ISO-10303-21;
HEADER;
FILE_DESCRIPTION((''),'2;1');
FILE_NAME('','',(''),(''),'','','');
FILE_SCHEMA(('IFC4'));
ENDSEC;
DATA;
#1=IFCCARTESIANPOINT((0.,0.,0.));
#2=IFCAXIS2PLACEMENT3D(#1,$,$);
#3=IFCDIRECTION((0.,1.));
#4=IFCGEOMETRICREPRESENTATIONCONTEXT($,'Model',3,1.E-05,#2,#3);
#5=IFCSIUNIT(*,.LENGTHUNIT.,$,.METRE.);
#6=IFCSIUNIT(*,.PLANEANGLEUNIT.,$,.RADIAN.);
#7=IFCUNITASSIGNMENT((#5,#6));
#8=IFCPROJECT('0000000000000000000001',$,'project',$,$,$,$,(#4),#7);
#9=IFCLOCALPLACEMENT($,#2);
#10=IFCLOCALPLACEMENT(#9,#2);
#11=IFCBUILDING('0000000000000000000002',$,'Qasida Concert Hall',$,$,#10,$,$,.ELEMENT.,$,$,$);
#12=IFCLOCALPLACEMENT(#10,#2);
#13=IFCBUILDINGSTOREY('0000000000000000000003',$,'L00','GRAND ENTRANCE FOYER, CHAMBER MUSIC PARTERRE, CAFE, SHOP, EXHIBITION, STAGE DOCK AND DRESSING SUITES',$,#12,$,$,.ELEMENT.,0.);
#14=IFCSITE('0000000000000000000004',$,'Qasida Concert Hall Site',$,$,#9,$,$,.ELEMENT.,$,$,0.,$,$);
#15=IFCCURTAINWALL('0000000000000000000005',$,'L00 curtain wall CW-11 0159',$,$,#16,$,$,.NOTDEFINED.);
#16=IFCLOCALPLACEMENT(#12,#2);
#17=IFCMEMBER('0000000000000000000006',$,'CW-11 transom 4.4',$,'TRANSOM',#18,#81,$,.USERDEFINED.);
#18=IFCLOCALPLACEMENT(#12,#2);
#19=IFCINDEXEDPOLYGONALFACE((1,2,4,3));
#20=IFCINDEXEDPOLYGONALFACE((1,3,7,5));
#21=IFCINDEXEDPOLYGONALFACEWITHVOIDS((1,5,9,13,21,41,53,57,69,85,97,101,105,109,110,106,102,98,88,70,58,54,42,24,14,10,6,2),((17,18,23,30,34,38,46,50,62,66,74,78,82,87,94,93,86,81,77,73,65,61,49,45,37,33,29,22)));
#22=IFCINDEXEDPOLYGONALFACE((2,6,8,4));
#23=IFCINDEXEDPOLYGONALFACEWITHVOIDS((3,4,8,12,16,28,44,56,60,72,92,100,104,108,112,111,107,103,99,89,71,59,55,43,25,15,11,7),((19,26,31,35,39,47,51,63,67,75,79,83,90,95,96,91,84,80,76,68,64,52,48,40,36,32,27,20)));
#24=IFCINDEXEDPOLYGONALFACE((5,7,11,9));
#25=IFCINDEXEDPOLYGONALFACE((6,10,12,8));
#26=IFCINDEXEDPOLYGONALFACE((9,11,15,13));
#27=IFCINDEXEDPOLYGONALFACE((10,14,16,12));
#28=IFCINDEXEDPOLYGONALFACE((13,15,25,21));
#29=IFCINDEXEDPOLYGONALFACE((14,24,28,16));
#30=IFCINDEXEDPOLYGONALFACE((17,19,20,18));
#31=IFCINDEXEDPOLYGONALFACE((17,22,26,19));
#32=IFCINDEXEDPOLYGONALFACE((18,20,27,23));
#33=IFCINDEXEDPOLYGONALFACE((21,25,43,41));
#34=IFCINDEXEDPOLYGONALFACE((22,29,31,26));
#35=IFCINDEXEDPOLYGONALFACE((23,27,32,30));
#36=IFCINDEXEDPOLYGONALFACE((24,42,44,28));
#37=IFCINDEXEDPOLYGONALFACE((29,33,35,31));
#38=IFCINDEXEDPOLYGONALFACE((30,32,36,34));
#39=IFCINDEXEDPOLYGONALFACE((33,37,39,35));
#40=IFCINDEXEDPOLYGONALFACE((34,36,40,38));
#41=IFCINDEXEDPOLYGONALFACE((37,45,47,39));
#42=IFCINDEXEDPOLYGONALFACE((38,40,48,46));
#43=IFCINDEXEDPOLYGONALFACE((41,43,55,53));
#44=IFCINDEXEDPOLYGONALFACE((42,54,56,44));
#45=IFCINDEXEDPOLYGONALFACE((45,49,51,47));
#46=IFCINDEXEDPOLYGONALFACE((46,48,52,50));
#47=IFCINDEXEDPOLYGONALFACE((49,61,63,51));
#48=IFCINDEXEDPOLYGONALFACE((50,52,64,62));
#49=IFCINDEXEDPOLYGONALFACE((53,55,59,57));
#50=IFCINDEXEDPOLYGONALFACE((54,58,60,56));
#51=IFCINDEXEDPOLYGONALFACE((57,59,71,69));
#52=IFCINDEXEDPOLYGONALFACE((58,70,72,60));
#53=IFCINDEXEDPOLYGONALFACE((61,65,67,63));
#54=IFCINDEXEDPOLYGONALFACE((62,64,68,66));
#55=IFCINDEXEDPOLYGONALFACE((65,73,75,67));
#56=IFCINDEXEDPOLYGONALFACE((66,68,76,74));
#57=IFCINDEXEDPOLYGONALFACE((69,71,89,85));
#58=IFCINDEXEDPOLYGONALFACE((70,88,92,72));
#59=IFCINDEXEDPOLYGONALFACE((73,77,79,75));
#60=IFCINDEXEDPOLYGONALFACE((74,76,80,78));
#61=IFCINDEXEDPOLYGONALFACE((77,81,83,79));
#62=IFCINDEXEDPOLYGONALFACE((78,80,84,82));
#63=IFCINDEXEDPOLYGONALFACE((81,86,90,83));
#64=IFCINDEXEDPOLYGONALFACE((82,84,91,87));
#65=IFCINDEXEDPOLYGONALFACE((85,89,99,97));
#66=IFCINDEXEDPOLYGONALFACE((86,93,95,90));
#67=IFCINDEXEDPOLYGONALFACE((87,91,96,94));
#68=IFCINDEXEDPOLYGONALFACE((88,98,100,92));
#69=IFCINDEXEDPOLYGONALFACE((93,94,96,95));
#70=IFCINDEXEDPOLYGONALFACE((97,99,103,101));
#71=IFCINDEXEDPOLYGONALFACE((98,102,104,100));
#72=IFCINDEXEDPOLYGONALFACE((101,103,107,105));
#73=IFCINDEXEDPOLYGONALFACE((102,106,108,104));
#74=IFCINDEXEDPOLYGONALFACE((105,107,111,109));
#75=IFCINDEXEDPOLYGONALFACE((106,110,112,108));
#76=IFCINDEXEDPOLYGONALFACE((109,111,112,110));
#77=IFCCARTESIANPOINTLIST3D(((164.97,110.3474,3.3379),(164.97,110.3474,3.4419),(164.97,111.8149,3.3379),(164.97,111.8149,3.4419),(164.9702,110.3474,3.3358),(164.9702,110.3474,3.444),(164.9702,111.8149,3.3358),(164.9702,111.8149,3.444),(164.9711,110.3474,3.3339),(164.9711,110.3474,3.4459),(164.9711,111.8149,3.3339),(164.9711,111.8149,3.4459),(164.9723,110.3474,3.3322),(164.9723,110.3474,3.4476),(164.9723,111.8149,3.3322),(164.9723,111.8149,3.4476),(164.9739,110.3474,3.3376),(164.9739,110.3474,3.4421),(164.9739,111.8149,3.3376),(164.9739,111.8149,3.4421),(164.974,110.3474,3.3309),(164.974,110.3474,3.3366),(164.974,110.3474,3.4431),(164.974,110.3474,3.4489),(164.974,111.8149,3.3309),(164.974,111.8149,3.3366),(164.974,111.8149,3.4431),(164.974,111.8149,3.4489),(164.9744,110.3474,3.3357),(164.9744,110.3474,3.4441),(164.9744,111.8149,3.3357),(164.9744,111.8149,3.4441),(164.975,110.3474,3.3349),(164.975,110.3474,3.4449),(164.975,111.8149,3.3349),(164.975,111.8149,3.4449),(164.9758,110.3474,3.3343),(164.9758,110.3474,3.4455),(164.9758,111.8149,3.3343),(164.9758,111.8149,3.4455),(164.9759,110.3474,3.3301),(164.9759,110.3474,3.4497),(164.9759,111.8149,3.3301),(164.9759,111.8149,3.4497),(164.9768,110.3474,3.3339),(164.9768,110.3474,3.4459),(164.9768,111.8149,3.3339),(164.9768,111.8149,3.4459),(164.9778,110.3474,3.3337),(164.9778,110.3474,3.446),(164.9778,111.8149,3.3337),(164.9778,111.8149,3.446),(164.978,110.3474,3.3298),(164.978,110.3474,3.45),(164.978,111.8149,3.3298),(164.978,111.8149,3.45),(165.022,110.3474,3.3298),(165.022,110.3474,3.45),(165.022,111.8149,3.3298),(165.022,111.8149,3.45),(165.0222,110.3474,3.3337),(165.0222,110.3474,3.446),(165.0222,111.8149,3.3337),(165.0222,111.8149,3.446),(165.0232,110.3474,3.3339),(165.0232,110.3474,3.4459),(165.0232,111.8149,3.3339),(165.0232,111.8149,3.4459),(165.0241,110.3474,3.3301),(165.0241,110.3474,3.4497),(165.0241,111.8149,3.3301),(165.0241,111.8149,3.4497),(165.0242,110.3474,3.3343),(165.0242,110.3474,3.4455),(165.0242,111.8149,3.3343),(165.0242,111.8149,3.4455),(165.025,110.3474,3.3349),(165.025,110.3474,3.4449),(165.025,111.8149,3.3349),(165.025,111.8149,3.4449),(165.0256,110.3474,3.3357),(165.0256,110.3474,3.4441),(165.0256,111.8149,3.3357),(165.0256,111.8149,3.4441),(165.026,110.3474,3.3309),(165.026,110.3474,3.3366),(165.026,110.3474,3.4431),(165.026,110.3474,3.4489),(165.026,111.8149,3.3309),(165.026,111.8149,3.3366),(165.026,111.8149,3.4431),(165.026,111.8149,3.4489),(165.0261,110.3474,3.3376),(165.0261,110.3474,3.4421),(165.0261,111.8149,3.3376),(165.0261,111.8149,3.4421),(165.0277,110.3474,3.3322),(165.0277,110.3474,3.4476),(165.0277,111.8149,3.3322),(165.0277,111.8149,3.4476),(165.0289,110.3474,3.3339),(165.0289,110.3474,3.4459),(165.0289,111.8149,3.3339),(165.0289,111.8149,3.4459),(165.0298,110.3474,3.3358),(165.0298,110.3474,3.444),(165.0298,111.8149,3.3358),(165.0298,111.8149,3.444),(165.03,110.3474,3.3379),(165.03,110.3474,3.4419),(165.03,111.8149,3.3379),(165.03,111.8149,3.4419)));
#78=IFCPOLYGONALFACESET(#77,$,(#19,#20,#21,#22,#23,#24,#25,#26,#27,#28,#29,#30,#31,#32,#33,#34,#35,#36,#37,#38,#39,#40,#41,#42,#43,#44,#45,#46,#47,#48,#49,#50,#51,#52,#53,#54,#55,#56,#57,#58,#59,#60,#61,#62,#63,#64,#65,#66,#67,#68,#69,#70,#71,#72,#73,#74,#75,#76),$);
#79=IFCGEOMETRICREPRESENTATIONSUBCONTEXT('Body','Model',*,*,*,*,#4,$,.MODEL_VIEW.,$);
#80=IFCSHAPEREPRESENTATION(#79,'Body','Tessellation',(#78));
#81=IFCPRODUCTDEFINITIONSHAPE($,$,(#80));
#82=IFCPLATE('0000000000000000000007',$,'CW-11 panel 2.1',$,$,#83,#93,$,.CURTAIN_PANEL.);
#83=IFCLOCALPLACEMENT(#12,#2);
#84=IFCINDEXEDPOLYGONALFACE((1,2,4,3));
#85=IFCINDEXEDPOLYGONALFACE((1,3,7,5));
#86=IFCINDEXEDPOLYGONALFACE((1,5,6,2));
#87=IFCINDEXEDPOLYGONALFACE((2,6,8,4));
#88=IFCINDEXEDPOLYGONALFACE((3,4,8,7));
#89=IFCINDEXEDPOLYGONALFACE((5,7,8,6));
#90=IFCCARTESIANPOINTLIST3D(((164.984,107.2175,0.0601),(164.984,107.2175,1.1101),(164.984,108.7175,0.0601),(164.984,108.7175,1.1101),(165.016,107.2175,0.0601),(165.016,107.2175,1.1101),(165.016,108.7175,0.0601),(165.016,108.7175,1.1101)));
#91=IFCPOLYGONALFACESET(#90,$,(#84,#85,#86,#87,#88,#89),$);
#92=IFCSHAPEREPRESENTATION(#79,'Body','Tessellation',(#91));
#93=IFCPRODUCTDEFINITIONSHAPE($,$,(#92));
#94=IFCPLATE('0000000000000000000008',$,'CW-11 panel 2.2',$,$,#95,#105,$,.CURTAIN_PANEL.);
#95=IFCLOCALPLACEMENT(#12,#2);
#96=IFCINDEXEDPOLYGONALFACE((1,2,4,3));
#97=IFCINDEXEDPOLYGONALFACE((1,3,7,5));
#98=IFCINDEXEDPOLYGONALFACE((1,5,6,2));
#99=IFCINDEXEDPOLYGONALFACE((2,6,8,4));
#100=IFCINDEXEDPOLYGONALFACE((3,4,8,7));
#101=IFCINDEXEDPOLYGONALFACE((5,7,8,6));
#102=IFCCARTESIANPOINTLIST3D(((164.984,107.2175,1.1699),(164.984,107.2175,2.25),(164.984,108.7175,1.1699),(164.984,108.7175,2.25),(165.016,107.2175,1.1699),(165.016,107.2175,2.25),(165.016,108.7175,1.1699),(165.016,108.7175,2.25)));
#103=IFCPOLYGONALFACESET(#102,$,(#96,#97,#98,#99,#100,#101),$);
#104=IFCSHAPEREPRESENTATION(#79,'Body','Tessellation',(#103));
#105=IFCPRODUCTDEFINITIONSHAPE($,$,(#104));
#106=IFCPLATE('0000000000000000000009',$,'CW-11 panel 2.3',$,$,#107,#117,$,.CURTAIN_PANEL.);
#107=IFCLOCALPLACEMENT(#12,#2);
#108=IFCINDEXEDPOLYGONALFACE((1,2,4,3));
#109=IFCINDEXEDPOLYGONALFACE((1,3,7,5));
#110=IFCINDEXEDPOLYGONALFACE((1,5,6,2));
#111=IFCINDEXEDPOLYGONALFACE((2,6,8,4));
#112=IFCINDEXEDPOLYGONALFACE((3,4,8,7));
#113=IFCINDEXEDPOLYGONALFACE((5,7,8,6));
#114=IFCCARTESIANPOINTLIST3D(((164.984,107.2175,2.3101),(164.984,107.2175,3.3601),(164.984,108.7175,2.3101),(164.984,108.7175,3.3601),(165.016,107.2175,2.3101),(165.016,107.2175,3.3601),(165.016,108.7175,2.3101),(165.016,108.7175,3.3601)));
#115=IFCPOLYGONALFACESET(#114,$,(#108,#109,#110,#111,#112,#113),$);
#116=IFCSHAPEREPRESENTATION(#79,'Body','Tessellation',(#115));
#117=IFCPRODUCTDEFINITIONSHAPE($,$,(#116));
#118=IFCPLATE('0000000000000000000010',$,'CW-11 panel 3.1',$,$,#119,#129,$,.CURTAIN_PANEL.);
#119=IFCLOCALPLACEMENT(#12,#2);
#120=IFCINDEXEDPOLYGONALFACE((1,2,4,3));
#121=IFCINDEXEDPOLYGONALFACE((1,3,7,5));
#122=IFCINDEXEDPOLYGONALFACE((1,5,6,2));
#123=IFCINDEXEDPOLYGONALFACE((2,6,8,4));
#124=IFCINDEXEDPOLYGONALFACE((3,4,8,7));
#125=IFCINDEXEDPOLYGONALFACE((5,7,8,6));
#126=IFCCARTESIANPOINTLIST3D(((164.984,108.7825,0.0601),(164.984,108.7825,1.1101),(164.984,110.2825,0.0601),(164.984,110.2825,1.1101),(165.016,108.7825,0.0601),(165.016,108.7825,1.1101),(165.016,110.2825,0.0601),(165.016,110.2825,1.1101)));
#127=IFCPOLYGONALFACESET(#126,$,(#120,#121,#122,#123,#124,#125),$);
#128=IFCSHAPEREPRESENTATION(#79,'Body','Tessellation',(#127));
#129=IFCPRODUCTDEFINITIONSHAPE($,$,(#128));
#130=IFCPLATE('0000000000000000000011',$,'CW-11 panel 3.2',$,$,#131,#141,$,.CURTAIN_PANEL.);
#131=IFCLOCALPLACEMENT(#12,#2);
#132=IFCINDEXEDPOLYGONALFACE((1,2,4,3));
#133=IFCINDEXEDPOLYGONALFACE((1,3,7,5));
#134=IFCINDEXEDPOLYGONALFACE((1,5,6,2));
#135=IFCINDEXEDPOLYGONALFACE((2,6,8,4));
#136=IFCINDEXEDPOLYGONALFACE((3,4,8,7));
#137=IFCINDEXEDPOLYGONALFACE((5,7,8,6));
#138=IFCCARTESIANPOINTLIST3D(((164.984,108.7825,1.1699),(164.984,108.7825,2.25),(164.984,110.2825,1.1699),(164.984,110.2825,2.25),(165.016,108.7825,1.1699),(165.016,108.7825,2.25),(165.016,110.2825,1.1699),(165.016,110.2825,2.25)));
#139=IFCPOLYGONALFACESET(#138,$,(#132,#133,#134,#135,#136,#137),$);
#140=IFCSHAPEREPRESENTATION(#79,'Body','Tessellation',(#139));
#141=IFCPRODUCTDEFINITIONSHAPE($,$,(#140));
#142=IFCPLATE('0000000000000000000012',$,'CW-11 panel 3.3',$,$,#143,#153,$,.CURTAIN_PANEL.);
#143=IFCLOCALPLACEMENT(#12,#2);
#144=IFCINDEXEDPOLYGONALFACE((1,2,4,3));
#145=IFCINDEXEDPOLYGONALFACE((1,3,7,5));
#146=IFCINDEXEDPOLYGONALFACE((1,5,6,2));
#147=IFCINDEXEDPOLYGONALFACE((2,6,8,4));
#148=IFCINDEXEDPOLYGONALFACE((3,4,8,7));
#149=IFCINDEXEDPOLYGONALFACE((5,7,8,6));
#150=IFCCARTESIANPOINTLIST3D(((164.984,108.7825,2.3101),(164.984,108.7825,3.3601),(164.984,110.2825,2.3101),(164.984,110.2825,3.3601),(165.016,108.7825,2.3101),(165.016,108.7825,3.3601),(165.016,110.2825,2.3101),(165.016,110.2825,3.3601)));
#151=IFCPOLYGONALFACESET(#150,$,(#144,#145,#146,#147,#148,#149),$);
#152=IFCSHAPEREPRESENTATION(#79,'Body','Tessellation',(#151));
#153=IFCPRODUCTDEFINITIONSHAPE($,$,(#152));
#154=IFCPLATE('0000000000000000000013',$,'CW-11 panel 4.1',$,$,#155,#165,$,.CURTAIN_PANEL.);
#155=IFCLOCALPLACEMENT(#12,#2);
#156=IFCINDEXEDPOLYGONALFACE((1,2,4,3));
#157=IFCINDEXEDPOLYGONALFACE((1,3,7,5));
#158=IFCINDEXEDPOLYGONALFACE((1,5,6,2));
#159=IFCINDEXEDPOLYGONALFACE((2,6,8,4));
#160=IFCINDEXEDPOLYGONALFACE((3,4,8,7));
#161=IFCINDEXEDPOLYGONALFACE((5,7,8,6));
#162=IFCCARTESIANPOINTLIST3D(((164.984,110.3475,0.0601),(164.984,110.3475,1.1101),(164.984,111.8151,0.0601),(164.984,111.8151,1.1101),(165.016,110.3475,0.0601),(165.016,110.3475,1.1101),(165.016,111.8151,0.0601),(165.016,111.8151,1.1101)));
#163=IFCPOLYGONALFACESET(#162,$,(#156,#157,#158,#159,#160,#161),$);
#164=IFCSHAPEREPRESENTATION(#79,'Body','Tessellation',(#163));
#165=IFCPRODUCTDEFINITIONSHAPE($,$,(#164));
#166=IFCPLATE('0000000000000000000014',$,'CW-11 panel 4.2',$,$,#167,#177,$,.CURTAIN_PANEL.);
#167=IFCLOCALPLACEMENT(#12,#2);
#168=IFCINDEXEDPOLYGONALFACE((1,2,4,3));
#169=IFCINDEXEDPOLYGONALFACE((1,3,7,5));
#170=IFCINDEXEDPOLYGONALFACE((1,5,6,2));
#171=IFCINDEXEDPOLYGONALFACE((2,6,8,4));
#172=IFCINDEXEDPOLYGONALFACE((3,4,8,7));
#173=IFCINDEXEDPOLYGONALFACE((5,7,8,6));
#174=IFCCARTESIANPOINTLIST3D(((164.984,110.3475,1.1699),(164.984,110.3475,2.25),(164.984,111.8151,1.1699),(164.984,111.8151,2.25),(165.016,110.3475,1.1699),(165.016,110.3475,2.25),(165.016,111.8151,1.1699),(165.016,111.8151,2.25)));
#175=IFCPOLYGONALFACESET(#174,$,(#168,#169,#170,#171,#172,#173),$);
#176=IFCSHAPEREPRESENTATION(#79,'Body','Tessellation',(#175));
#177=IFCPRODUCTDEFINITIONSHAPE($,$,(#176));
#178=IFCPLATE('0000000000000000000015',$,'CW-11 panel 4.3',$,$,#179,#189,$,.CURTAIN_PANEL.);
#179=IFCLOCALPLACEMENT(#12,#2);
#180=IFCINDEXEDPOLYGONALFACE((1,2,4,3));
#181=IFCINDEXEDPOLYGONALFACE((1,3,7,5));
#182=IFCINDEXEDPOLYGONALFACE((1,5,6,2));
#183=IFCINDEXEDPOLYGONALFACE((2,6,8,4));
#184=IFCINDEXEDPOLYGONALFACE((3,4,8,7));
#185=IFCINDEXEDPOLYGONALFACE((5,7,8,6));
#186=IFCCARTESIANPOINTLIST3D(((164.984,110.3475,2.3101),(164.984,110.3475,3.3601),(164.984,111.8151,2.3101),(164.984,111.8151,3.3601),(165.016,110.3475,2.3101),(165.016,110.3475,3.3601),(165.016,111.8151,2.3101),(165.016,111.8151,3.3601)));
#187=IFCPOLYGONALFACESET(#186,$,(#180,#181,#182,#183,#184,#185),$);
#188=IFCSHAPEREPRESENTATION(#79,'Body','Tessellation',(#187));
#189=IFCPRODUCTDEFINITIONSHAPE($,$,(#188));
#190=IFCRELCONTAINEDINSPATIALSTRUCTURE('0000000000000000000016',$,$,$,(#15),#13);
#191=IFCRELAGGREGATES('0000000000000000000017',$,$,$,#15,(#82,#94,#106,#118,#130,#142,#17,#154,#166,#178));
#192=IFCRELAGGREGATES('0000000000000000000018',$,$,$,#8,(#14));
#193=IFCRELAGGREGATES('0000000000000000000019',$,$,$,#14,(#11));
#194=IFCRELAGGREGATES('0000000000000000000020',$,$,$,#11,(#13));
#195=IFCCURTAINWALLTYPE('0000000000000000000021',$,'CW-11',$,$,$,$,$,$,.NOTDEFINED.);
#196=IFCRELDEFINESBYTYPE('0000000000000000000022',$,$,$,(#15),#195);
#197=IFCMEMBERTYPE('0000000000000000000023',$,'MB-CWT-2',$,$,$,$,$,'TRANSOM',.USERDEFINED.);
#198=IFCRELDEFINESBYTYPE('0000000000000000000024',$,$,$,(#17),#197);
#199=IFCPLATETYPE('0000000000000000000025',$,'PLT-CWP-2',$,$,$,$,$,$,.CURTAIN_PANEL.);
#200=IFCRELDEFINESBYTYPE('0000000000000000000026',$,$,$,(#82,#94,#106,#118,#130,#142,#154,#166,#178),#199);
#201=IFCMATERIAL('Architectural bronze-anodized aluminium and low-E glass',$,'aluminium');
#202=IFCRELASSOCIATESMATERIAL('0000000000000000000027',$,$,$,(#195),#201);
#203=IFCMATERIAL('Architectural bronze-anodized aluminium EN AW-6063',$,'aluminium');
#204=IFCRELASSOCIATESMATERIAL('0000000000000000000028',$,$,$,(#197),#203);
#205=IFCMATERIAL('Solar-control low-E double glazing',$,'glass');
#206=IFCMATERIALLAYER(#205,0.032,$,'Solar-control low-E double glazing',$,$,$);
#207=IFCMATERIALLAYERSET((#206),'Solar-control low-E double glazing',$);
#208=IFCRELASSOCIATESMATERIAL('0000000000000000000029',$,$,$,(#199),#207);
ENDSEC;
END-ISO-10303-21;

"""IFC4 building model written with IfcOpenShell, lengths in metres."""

from ifc_helpers import new_model, si_unit, direction, frame, origin, origin_2d, place, context, subcontext, project, spatial, rectangle, hollow_rectangle, extrude, material, layer, layer_set, material_profile, profile_set, type_object, element, aggregate, save


model = new_model("IFC4")

# Units and contexts
model_context = context("Model", 3, precision=1e-05, world=origin(), true_north=direction((0.0, 1.0)))
body_context = subcontext(model_context, "Body", "Model", "MODEL_VIEW")
ifc_project = project(units=[si_unit("LENGTHUNIT", "METRE"), si_unit("PLANEANGLEUNIT", "RADIAN")], contexts=[model_context])

# Site, building, storey
site_placement = place(None, origin())
site = spatial("IfcSite", under=ifc_project, at=site_placement, Name="Qasida Concert Hall Site", CompositionType="ELEMENT", RefElevation=0.0)
building_placement = place(site_placement, origin())
building = spatial("IfcBuilding", under=site, at=building_placement, Name="Qasida Concert Hall", CompositionType="ELEMENT")
storey_placement = place(building_placement, origin())
storey = spatial("IfcBuildingStorey", under=building, at=storey_placement, Name="L00", Description="GRAND ENTRANCE FOYER, CHAMBER MUSIC PARTERRE, CAFE, SHOP, EXHIBITION, STAGE DOCK AND DRESSING SUITES", CompositionType="ELEMENT", Elevation=0.0)

# Curtain wall, member, plates
ifc_material_1 = material(Name="Architectural bronze-anodized aluminium and low-E glass", Category="aluminium")
curtain_wall_type = type_object("IfcCurtainWallType", Name="CW-11", PredefinedType="NOTDEFINED", material=ifc_material_1)
curtain_wall_placement = place(storey_placement, origin())
curtain_wall = element("IfcCurtainWall", 1, at=curtain_wall_placement, inside=storey, type_object=curtain_wall_type, Name="L00 curtain wall CW-11 0159", PredefinedType="NOTDEFINED")
ifc_material_2 = material(Name="Architectural bronze-anodized aluminium EN AW-6063", Category="aluminium")
ifc_material_profile_1 = material_profile(ifc_material_2, hollow_rectangle(XDim=0.0601, YDim=0.1201, WallThickness=0.0039, InnerFilletRadius=0.0039, OuterFilletRadius=0.0081, at=origin_2d()), Name="CWT 120x60x4")
ifc_profile_set_1 = profile_set([ifc_material_profile_1], Name="Architectural bronze-anodized aluminium EN AW-6063")
member_type_1 = type_object("IfcMemberType", Name="MB-CWT-2", ElementType="TRANSOM", PredefinedType="USERDEFINED", material=ifc_profile_set_1)
member_1_placement = place(storey_placement, frame((165.0, 110.3474, 3.3899), z_axis=(0.0, 1.0, 0.0), x_axis=(-1.0, 0.0, 0.0)))
member_1 = element("IfcMember", 2, at=member_1_placement, type_object=member_type_1, Name="CW-11 transom 4.4", ObjectType="TRANSOM", PredefinedType="USERDEFINED", context=body_context, shape_type="SweptSolid", body=[
    extrude(hollow_rectangle(XDim=0.0601, YDim=0.1201, WallThickness=0.0039, InnerFilletRadius=0.0039, OuterFilletRadius=0.0081, at=origin_2d()), origin(), (0.0, 0.0, 1.0), 1.4675),
])
ifc_material_3 = material(Name="Solar-control low-E double glazing", Category="glass")
ifc_layer_1 = layer(ifc_material_3, 0.032, Name="Solar-control low-E double glazing")
ifc_layer_set_1 = layer_set([ifc_layer_1], Name="Solar-control low-E double glazing")
plate_type = type_object("IfcPlateType", Name="PLT-CWP-2", PredefinedType="CURTAIN_PANEL", material=ifc_layer_set_1)
plate_1_placement = place(storey_placement, frame((165.0, 107.9675, 0.0601), z_axis=(0.0, 0.0, 1.0), x_axis=(0.0, 1.0, 0.0)))
plate_1 = element("IfcPlate", 3, at=plate_1_placement, type_object=plate_type, Name="CW-11 panel 2.1", PredefinedType="CURTAIN_PANEL", context=body_context, shape_type="SweptSolid", body=[
    extrude(rectangle(XDim=1.5, YDim=0.032, at=origin_2d()), origin(), (0.0, 0.0, 1.0), 1.05),
])
plate_2_placement = place(storey_placement, frame((165.0, 107.9675, 1.1699), z_axis=(0.0, 0.0, 1.0), x_axis=(0.0, 1.0, 0.0)))
plate_2 = element("IfcPlate", 4, at=plate_2_placement, type_object=plate_type, Name="CW-11 panel 2.2", PredefinedType="CURTAIN_PANEL", context=body_context, shape_type="SweptSolid", body=[
    extrude(rectangle(XDim=1.5, YDim=0.032, at=origin_2d()), origin(), (0.0, 0.0, 1.0), 1.0801),
])
plate_3_placement = place(storey_placement, frame((165.0, 107.9675, 2.3101), z_axis=(0.0, 0.0, 1.0), x_axis=(0.0, 1.0, 0.0)))
plate_3 = element("IfcPlate", 5, at=plate_3_placement, type_object=plate_type, Name="CW-11 panel 2.3", PredefinedType="CURTAIN_PANEL", context=body_context, shape_type="SweptSolid", body=[
    extrude(rectangle(XDim=1.5, YDim=0.032, at=origin_2d()), origin(), (0.0, 0.0, 1.0), 1.05),
])
plate_4_placement = place(storey_placement, frame((165.0, 109.5325, 0.0601), z_axis=(0.0, 0.0, 1.0), x_axis=(0.0, 1.0, 0.0)))
plate_4 = element("IfcPlate", 6, at=plate_4_placement, type_object=plate_type, Name="CW-11 panel 3.1", PredefinedType="CURTAIN_PANEL", context=body_context, shape_type="SweptSolid", body=[
    extrude(rectangle(XDim=1.5, YDim=0.032, at=origin_2d()), origin(), (0.0, 0.0, 1.0), 1.05),
])
plate_5_placement = place(storey_placement, frame((165.0, 109.5325, 1.1699), z_axis=(0.0, 0.0, 1.0), x_axis=(0.0, 1.0, 0.0)))
plate_5 = element("IfcPlate", 7, at=plate_5_placement, type_object=plate_type, Name="CW-11 panel 3.2", PredefinedType="CURTAIN_PANEL", context=body_context, shape_type="SweptSolid", body=[
    extrude(rectangle(XDim=1.5, YDim=0.032, at=origin_2d()), origin(), (0.0, 0.0, 1.0), 1.0801),
])
plate_6_placement = place(storey_placement, frame((165.0, 109.5325, 2.3101), z_axis=(0.0, 0.0, 1.0), x_axis=(0.0, 1.0, 0.0)))
plate_6 = element("IfcPlate", 8, at=plate_6_placement, type_object=plate_type, Name="CW-11 panel 3.3", PredefinedType="CURTAIN_PANEL", context=body_context, shape_type="SweptSolid", body=[
    extrude(rectangle(XDim=1.5, YDim=0.032, at=origin_2d()), origin(), (0.0, 0.0, 1.0), 1.05),
])
plate_7_placement = place(storey_placement, frame((165.0, 111.0813, 0.0601), z_axis=(0.0, 0.0, 1.0), x_axis=(0.0, 1.0, 0.0)))
plate_7 = element("IfcPlate", 9, at=plate_7_placement, type_object=plate_type, Name="CW-11 panel 4.1", PredefinedType="CURTAIN_PANEL", context=body_context, shape_type="SweptSolid", body=[
    extrude(rectangle(XDim=1.4675, YDim=0.032, at=origin_2d()), origin(), (0.0, 0.0, 1.0), 1.05),
])
plate_8_placement = place(storey_placement, frame((165.0, 111.0813, 1.1699), z_axis=(0.0, 0.0, 1.0), x_axis=(0.0, 1.0, 0.0)))
plate_8 = element("IfcPlate", 10, at=plate_8_placement, type_object=plate_type, Name="CW-11 panel 4.2", PredefinedType="CURTAIN_PANEL", context=body_context, shape_type="SweptSolid", body=[
    extrude(rectangle(XDim=1.4675, YDim=0.032, at=origin_2d()), origin(), (0.0, 0.0, 1.0), 1.0801),
])
plate_9_placement = place(storey_placement, frame((165.0, 111.0813, 2.3101), z_axis=(0.0, 0.0, 1.0), x_axis=(0.0, 1.0, 0.0)))
plate_9 = element("IfcPlate", 11, at=plate_9_placement, type_object=plate_type, Name="CW-11 panel 4.3", PredefinedType="CURTAIN_PANEL", context=body_context, shape_type="SweptSolid", body=[
    extrude(rectangle(XDim=1.4675, YDim=0.032, at=origin_2d()), origin(), (0.0, 0.0, 1.0), 1.05),
])
aggregate(curtain_wall, [plate_1, plate_2, plate_3, plate_4, plate_5, plate_6, member_1, plate_7, plate_8, plate_9])

save(model, "model.ifc")
